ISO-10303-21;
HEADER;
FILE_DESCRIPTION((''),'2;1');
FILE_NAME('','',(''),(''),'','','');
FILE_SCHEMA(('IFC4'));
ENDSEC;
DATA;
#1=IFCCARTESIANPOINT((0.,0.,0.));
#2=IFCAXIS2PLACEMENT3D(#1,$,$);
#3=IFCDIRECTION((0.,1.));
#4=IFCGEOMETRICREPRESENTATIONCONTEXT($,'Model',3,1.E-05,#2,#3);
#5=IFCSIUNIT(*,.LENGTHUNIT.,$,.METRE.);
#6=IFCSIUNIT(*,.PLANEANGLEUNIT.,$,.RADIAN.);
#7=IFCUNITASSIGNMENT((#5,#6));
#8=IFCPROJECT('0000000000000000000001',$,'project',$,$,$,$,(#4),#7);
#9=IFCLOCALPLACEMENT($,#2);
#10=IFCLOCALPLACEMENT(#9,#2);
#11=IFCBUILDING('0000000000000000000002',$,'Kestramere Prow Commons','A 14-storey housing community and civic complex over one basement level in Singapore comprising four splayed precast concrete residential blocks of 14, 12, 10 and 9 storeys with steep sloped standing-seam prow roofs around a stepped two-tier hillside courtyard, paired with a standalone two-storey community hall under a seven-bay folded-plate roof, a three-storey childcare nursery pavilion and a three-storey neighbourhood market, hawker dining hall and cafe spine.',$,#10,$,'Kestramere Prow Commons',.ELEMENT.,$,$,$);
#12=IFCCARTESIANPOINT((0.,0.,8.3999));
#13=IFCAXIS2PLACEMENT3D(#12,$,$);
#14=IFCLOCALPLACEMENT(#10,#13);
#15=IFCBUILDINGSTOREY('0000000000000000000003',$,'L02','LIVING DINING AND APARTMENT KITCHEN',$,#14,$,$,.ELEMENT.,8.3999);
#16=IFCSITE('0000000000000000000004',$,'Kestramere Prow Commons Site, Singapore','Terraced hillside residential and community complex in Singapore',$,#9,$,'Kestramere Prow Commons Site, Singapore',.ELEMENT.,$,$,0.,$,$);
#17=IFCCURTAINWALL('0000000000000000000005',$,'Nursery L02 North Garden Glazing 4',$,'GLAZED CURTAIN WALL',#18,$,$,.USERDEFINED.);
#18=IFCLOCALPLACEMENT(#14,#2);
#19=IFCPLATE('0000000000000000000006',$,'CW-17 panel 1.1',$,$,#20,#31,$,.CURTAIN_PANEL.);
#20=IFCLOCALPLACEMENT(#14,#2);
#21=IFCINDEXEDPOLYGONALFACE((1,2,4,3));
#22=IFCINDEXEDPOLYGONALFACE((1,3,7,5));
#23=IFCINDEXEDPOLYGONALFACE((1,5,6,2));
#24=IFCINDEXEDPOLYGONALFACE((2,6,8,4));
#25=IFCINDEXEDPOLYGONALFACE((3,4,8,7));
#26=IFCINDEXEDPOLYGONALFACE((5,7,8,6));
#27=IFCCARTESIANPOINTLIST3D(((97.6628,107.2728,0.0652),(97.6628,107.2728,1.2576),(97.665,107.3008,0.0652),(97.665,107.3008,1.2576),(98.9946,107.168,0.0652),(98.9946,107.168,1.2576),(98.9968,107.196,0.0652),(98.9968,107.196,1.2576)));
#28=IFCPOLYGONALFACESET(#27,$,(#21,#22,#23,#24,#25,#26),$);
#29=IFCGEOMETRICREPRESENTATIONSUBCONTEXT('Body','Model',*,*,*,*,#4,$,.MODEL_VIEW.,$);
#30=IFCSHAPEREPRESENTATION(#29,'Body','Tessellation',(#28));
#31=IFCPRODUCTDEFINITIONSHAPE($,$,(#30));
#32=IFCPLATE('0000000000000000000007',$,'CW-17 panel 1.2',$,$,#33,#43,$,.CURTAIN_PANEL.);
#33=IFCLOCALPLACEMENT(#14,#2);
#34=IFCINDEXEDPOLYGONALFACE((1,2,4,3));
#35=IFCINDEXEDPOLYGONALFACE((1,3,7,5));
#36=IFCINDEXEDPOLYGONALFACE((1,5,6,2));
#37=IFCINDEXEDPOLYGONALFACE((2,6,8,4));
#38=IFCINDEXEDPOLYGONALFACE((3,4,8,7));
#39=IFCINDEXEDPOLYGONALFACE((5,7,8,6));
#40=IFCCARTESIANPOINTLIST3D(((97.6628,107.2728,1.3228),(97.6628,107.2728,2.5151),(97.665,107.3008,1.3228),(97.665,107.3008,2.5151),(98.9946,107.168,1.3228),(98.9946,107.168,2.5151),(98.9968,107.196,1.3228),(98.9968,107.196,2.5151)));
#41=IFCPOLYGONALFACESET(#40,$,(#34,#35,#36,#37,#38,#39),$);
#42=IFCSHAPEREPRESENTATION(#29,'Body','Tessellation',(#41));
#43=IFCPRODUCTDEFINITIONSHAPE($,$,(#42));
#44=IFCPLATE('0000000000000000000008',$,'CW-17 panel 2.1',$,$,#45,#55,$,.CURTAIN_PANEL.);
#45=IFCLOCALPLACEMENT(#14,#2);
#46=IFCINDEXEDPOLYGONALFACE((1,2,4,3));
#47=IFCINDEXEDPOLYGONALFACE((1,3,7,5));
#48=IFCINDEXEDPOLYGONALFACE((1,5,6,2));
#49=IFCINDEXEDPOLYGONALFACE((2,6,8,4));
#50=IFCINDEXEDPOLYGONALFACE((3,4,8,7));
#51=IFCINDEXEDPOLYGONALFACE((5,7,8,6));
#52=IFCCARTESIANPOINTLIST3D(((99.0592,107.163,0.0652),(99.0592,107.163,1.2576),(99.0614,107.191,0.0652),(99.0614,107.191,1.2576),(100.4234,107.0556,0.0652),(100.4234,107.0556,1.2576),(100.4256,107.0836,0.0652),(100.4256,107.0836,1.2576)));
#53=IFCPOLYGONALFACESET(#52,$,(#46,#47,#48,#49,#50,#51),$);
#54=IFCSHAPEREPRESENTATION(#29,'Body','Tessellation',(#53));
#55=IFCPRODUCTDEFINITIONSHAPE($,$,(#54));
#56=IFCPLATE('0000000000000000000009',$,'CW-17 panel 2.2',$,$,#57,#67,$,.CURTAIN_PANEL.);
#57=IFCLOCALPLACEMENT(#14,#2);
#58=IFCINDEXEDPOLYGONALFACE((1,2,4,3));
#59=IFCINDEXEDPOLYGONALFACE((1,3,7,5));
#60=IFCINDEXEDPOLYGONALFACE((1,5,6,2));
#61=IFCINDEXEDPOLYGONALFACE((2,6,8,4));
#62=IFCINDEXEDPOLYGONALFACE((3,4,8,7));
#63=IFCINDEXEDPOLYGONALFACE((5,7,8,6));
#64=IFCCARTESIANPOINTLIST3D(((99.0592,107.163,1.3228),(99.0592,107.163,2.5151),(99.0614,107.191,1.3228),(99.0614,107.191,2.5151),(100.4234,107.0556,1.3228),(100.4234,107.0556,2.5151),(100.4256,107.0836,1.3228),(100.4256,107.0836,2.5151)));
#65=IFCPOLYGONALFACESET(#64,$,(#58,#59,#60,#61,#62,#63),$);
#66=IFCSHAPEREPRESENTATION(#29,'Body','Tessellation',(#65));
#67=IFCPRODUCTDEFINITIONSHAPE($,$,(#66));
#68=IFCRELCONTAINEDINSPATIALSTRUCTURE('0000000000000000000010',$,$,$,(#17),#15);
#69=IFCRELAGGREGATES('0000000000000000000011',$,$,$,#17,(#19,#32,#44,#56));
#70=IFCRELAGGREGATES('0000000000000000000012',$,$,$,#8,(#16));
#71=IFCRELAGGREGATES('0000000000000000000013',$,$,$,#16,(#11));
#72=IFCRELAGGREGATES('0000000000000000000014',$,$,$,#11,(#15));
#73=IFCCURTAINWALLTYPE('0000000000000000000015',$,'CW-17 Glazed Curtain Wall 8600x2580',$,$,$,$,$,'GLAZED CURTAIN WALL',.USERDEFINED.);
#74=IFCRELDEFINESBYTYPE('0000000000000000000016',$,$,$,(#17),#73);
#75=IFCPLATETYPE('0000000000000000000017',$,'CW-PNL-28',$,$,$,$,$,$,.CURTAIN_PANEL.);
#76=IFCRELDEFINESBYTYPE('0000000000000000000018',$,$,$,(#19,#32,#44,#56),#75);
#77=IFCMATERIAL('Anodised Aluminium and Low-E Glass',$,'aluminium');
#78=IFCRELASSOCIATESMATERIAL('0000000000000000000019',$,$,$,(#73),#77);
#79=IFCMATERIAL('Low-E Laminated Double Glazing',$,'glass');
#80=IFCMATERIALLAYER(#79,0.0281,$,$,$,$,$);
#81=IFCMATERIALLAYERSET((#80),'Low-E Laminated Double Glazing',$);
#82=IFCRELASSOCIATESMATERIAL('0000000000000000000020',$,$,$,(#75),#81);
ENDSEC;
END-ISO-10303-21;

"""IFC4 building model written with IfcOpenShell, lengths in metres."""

from ifc_helpers import new_model, si_unit, direction, frame, origin, origin_2d, place, context, subcontext, project, spatial, rectangle, extrude, material, layer, layer_set, type_object, element, aggregate, save


model = new_model("IFC4")

# Units and contexts
model_context = context("Model", 3, precision=1e-05, world=origin(), true_north=direction((0.0, 1.0)))
body_context = subcontext(model_context, "Body", "Model", "MODEL_VIEW")
ifc_project = project(units=[si_unit("LENGTHUNIT", "METRE"), si_unit("PLANEANGLEUNIT", "RADIAN")], contexts=[model_context])

# Site, building, storey
site_placement = place(None, origin())
site = spatial("IfcSite", under=ifc_project, at=site_placement, Name="Kestramere Prow Commons Site, Singapore", Description="Terraced hillside residential and community complex in Singapore", LongName="Kestramere Prow Commons Site, Singapore", CompositionType="ELEMENT", RefElevation=0.0)
building_placement = place(site_placement, origin())
building = spatial("IfcBuilding", under=site, at=building_placement, Name="Kestramere Prow Commons", Description="A 14-storey housing community and civic complex over one basement level in Singapore comprising four splayed precast concrete residential blocks of 14, 12, 10 and 9 storeys with steep sloped standing-seam prow roofs around a stepped two-tier hillside courtyard, paired with a standalone two-storey community hall under a seven-bay folded-plate roof, a three-storey childcare nursery pavilion and a three-storey neighbourhood market, hawker dining hall and cafe spine.", LongName="Kestramere Prow Commons", CompositionType="ELEMENT")
storey_placement = place(building_placement, frame((0.0, 0.0, 8.3999)))
storey = spatial("IfcBuildingStorey", under=building, at=storey_placement, Name="L02", Description="LIVING DINING AND APARTMENT KITCHEN", CompositionType="ELEMENT", Elevation=8.3999)

# Curtain wall
ifc_material_1 = material(Name="Anodised Aluminium and Low-E Glass", Category="aluminium")
curtain_wall_type = type_object("IfcCurtainWallType", Name="CW-17 Glazed Curtain Wall 8600x2580", ElementType="GLAZED CURTAIN WALL", PredefinedType="USERDEFINED", material=ifc_material_1)
curtain_wall_1_placement = place(storey_placement, origin())
curtain_wall_1 = element("IfcCurtainWall", 1, at=curtain_wall_1_placement, inside=storey, type_object=curtain_wall_type, Name="Nursery L02 North Garden Glazing 4", ObjectType="GLAZED CURTAIN WALL", PredefinedType="USERDEFINED")

# Plates
ifc_material_2 = material(Name="Low-E Laminated Double Glazing", Category="glass")
ifc_layer = layer(ifc_material_2, 0.0281)
ifc_layer_set = layer_set([ifc_layer], Name="Low-E Laminated Double Glazing")
plate_type = type_object("IfcPlateType", Name="CW-PNL-28", PredefinedType="CURTAIN_PANEL", material=ifc_layer_set)
plate_1_placement = place(storey_placement, frame((98.3298, 107.2344, 0.0652), z_axis=(0.0, 0.0, 1.0), x_axis=(0.996917, -0.078459, 0.0)))
plate_1 = element("IfcPlate", 2, at=plate_1_placement, type_object=plate_type, Name="CW-17 panel 1.1", PredefinedType="CURTAIN_PANEL", context=body_context, shape_type="SweptSolid", body=[
    extrude(rectangle(XDim=1.3359, YDim=0.0281, at=origin_2d()), origin(), (0.0, 0.0, 1.0), 1.1924),
])
plate_2_placement = place(storey_placement, frame((98.3298, 107.2344, 1.3228), z_axis=(0.0, 0.0, 1.0), x_axis=(0.996917, -0.078459, 0.0)))
plate_2 = element("IfcPlate", 3, at=plate_2_placement, type_object=plate_type, Name="CW-17 panel 1.2", PredefinedType="CURTAIN_PANEL", context=body_context, shape_type="SweptSolid", body=[
    extrude(rectangle(XDim=1.3359, YDim=0.0281, at=origin_2d()), origin(), (0.0, 0.0, 1.0), 1.1924),
])
plate_3_placement = place(storey_placement, frame((99.7424, 107.1233, 0.0652), z_axis=(0.0, 0.0, 1.0), x_axis=(0.996917, -0.078459, 0.0)))
plate_3 = element("IfcPlate", 4, at=plate_3_placement, type_object=plate_type, Name="CW-17 panel 2.1", PredefinedType="CURTAIN_PANEL", context=body_context, shape_type="SweptSolid", body=[
    extrude(rectangle(XDim=1.3684, YDim=0.0281, at=origin_2d()), origin(), (0.0, 0.0, 1.0), 1.1924),
])
plate_4_placement = place(storey_placement, frame((99.7424, 107.1233, 1.3228), z_axis=(0.0, 0.0, 1.0), x_axis=(0.996917, -0.078459, 0.0)))
plate_4 = element("IfcPlate", 5, at=plate_4_placement, type_object=plate_type, Name="CW-17 panel 2.2", PredefinedType="CURTAIN_PANEL", context=body_context, shape_type="SweptSolid", body=[
    extrude(rectangle(XDim=1.3684, YDim=0.0281, at=origin_2d()), origin(), (0.0, 0.0, 1.0), 1.1924),
])
aggregate(curtain_wall_1, [plate_1, plate_2, plate_3, plate_4])

save(model, "model.ifc")
